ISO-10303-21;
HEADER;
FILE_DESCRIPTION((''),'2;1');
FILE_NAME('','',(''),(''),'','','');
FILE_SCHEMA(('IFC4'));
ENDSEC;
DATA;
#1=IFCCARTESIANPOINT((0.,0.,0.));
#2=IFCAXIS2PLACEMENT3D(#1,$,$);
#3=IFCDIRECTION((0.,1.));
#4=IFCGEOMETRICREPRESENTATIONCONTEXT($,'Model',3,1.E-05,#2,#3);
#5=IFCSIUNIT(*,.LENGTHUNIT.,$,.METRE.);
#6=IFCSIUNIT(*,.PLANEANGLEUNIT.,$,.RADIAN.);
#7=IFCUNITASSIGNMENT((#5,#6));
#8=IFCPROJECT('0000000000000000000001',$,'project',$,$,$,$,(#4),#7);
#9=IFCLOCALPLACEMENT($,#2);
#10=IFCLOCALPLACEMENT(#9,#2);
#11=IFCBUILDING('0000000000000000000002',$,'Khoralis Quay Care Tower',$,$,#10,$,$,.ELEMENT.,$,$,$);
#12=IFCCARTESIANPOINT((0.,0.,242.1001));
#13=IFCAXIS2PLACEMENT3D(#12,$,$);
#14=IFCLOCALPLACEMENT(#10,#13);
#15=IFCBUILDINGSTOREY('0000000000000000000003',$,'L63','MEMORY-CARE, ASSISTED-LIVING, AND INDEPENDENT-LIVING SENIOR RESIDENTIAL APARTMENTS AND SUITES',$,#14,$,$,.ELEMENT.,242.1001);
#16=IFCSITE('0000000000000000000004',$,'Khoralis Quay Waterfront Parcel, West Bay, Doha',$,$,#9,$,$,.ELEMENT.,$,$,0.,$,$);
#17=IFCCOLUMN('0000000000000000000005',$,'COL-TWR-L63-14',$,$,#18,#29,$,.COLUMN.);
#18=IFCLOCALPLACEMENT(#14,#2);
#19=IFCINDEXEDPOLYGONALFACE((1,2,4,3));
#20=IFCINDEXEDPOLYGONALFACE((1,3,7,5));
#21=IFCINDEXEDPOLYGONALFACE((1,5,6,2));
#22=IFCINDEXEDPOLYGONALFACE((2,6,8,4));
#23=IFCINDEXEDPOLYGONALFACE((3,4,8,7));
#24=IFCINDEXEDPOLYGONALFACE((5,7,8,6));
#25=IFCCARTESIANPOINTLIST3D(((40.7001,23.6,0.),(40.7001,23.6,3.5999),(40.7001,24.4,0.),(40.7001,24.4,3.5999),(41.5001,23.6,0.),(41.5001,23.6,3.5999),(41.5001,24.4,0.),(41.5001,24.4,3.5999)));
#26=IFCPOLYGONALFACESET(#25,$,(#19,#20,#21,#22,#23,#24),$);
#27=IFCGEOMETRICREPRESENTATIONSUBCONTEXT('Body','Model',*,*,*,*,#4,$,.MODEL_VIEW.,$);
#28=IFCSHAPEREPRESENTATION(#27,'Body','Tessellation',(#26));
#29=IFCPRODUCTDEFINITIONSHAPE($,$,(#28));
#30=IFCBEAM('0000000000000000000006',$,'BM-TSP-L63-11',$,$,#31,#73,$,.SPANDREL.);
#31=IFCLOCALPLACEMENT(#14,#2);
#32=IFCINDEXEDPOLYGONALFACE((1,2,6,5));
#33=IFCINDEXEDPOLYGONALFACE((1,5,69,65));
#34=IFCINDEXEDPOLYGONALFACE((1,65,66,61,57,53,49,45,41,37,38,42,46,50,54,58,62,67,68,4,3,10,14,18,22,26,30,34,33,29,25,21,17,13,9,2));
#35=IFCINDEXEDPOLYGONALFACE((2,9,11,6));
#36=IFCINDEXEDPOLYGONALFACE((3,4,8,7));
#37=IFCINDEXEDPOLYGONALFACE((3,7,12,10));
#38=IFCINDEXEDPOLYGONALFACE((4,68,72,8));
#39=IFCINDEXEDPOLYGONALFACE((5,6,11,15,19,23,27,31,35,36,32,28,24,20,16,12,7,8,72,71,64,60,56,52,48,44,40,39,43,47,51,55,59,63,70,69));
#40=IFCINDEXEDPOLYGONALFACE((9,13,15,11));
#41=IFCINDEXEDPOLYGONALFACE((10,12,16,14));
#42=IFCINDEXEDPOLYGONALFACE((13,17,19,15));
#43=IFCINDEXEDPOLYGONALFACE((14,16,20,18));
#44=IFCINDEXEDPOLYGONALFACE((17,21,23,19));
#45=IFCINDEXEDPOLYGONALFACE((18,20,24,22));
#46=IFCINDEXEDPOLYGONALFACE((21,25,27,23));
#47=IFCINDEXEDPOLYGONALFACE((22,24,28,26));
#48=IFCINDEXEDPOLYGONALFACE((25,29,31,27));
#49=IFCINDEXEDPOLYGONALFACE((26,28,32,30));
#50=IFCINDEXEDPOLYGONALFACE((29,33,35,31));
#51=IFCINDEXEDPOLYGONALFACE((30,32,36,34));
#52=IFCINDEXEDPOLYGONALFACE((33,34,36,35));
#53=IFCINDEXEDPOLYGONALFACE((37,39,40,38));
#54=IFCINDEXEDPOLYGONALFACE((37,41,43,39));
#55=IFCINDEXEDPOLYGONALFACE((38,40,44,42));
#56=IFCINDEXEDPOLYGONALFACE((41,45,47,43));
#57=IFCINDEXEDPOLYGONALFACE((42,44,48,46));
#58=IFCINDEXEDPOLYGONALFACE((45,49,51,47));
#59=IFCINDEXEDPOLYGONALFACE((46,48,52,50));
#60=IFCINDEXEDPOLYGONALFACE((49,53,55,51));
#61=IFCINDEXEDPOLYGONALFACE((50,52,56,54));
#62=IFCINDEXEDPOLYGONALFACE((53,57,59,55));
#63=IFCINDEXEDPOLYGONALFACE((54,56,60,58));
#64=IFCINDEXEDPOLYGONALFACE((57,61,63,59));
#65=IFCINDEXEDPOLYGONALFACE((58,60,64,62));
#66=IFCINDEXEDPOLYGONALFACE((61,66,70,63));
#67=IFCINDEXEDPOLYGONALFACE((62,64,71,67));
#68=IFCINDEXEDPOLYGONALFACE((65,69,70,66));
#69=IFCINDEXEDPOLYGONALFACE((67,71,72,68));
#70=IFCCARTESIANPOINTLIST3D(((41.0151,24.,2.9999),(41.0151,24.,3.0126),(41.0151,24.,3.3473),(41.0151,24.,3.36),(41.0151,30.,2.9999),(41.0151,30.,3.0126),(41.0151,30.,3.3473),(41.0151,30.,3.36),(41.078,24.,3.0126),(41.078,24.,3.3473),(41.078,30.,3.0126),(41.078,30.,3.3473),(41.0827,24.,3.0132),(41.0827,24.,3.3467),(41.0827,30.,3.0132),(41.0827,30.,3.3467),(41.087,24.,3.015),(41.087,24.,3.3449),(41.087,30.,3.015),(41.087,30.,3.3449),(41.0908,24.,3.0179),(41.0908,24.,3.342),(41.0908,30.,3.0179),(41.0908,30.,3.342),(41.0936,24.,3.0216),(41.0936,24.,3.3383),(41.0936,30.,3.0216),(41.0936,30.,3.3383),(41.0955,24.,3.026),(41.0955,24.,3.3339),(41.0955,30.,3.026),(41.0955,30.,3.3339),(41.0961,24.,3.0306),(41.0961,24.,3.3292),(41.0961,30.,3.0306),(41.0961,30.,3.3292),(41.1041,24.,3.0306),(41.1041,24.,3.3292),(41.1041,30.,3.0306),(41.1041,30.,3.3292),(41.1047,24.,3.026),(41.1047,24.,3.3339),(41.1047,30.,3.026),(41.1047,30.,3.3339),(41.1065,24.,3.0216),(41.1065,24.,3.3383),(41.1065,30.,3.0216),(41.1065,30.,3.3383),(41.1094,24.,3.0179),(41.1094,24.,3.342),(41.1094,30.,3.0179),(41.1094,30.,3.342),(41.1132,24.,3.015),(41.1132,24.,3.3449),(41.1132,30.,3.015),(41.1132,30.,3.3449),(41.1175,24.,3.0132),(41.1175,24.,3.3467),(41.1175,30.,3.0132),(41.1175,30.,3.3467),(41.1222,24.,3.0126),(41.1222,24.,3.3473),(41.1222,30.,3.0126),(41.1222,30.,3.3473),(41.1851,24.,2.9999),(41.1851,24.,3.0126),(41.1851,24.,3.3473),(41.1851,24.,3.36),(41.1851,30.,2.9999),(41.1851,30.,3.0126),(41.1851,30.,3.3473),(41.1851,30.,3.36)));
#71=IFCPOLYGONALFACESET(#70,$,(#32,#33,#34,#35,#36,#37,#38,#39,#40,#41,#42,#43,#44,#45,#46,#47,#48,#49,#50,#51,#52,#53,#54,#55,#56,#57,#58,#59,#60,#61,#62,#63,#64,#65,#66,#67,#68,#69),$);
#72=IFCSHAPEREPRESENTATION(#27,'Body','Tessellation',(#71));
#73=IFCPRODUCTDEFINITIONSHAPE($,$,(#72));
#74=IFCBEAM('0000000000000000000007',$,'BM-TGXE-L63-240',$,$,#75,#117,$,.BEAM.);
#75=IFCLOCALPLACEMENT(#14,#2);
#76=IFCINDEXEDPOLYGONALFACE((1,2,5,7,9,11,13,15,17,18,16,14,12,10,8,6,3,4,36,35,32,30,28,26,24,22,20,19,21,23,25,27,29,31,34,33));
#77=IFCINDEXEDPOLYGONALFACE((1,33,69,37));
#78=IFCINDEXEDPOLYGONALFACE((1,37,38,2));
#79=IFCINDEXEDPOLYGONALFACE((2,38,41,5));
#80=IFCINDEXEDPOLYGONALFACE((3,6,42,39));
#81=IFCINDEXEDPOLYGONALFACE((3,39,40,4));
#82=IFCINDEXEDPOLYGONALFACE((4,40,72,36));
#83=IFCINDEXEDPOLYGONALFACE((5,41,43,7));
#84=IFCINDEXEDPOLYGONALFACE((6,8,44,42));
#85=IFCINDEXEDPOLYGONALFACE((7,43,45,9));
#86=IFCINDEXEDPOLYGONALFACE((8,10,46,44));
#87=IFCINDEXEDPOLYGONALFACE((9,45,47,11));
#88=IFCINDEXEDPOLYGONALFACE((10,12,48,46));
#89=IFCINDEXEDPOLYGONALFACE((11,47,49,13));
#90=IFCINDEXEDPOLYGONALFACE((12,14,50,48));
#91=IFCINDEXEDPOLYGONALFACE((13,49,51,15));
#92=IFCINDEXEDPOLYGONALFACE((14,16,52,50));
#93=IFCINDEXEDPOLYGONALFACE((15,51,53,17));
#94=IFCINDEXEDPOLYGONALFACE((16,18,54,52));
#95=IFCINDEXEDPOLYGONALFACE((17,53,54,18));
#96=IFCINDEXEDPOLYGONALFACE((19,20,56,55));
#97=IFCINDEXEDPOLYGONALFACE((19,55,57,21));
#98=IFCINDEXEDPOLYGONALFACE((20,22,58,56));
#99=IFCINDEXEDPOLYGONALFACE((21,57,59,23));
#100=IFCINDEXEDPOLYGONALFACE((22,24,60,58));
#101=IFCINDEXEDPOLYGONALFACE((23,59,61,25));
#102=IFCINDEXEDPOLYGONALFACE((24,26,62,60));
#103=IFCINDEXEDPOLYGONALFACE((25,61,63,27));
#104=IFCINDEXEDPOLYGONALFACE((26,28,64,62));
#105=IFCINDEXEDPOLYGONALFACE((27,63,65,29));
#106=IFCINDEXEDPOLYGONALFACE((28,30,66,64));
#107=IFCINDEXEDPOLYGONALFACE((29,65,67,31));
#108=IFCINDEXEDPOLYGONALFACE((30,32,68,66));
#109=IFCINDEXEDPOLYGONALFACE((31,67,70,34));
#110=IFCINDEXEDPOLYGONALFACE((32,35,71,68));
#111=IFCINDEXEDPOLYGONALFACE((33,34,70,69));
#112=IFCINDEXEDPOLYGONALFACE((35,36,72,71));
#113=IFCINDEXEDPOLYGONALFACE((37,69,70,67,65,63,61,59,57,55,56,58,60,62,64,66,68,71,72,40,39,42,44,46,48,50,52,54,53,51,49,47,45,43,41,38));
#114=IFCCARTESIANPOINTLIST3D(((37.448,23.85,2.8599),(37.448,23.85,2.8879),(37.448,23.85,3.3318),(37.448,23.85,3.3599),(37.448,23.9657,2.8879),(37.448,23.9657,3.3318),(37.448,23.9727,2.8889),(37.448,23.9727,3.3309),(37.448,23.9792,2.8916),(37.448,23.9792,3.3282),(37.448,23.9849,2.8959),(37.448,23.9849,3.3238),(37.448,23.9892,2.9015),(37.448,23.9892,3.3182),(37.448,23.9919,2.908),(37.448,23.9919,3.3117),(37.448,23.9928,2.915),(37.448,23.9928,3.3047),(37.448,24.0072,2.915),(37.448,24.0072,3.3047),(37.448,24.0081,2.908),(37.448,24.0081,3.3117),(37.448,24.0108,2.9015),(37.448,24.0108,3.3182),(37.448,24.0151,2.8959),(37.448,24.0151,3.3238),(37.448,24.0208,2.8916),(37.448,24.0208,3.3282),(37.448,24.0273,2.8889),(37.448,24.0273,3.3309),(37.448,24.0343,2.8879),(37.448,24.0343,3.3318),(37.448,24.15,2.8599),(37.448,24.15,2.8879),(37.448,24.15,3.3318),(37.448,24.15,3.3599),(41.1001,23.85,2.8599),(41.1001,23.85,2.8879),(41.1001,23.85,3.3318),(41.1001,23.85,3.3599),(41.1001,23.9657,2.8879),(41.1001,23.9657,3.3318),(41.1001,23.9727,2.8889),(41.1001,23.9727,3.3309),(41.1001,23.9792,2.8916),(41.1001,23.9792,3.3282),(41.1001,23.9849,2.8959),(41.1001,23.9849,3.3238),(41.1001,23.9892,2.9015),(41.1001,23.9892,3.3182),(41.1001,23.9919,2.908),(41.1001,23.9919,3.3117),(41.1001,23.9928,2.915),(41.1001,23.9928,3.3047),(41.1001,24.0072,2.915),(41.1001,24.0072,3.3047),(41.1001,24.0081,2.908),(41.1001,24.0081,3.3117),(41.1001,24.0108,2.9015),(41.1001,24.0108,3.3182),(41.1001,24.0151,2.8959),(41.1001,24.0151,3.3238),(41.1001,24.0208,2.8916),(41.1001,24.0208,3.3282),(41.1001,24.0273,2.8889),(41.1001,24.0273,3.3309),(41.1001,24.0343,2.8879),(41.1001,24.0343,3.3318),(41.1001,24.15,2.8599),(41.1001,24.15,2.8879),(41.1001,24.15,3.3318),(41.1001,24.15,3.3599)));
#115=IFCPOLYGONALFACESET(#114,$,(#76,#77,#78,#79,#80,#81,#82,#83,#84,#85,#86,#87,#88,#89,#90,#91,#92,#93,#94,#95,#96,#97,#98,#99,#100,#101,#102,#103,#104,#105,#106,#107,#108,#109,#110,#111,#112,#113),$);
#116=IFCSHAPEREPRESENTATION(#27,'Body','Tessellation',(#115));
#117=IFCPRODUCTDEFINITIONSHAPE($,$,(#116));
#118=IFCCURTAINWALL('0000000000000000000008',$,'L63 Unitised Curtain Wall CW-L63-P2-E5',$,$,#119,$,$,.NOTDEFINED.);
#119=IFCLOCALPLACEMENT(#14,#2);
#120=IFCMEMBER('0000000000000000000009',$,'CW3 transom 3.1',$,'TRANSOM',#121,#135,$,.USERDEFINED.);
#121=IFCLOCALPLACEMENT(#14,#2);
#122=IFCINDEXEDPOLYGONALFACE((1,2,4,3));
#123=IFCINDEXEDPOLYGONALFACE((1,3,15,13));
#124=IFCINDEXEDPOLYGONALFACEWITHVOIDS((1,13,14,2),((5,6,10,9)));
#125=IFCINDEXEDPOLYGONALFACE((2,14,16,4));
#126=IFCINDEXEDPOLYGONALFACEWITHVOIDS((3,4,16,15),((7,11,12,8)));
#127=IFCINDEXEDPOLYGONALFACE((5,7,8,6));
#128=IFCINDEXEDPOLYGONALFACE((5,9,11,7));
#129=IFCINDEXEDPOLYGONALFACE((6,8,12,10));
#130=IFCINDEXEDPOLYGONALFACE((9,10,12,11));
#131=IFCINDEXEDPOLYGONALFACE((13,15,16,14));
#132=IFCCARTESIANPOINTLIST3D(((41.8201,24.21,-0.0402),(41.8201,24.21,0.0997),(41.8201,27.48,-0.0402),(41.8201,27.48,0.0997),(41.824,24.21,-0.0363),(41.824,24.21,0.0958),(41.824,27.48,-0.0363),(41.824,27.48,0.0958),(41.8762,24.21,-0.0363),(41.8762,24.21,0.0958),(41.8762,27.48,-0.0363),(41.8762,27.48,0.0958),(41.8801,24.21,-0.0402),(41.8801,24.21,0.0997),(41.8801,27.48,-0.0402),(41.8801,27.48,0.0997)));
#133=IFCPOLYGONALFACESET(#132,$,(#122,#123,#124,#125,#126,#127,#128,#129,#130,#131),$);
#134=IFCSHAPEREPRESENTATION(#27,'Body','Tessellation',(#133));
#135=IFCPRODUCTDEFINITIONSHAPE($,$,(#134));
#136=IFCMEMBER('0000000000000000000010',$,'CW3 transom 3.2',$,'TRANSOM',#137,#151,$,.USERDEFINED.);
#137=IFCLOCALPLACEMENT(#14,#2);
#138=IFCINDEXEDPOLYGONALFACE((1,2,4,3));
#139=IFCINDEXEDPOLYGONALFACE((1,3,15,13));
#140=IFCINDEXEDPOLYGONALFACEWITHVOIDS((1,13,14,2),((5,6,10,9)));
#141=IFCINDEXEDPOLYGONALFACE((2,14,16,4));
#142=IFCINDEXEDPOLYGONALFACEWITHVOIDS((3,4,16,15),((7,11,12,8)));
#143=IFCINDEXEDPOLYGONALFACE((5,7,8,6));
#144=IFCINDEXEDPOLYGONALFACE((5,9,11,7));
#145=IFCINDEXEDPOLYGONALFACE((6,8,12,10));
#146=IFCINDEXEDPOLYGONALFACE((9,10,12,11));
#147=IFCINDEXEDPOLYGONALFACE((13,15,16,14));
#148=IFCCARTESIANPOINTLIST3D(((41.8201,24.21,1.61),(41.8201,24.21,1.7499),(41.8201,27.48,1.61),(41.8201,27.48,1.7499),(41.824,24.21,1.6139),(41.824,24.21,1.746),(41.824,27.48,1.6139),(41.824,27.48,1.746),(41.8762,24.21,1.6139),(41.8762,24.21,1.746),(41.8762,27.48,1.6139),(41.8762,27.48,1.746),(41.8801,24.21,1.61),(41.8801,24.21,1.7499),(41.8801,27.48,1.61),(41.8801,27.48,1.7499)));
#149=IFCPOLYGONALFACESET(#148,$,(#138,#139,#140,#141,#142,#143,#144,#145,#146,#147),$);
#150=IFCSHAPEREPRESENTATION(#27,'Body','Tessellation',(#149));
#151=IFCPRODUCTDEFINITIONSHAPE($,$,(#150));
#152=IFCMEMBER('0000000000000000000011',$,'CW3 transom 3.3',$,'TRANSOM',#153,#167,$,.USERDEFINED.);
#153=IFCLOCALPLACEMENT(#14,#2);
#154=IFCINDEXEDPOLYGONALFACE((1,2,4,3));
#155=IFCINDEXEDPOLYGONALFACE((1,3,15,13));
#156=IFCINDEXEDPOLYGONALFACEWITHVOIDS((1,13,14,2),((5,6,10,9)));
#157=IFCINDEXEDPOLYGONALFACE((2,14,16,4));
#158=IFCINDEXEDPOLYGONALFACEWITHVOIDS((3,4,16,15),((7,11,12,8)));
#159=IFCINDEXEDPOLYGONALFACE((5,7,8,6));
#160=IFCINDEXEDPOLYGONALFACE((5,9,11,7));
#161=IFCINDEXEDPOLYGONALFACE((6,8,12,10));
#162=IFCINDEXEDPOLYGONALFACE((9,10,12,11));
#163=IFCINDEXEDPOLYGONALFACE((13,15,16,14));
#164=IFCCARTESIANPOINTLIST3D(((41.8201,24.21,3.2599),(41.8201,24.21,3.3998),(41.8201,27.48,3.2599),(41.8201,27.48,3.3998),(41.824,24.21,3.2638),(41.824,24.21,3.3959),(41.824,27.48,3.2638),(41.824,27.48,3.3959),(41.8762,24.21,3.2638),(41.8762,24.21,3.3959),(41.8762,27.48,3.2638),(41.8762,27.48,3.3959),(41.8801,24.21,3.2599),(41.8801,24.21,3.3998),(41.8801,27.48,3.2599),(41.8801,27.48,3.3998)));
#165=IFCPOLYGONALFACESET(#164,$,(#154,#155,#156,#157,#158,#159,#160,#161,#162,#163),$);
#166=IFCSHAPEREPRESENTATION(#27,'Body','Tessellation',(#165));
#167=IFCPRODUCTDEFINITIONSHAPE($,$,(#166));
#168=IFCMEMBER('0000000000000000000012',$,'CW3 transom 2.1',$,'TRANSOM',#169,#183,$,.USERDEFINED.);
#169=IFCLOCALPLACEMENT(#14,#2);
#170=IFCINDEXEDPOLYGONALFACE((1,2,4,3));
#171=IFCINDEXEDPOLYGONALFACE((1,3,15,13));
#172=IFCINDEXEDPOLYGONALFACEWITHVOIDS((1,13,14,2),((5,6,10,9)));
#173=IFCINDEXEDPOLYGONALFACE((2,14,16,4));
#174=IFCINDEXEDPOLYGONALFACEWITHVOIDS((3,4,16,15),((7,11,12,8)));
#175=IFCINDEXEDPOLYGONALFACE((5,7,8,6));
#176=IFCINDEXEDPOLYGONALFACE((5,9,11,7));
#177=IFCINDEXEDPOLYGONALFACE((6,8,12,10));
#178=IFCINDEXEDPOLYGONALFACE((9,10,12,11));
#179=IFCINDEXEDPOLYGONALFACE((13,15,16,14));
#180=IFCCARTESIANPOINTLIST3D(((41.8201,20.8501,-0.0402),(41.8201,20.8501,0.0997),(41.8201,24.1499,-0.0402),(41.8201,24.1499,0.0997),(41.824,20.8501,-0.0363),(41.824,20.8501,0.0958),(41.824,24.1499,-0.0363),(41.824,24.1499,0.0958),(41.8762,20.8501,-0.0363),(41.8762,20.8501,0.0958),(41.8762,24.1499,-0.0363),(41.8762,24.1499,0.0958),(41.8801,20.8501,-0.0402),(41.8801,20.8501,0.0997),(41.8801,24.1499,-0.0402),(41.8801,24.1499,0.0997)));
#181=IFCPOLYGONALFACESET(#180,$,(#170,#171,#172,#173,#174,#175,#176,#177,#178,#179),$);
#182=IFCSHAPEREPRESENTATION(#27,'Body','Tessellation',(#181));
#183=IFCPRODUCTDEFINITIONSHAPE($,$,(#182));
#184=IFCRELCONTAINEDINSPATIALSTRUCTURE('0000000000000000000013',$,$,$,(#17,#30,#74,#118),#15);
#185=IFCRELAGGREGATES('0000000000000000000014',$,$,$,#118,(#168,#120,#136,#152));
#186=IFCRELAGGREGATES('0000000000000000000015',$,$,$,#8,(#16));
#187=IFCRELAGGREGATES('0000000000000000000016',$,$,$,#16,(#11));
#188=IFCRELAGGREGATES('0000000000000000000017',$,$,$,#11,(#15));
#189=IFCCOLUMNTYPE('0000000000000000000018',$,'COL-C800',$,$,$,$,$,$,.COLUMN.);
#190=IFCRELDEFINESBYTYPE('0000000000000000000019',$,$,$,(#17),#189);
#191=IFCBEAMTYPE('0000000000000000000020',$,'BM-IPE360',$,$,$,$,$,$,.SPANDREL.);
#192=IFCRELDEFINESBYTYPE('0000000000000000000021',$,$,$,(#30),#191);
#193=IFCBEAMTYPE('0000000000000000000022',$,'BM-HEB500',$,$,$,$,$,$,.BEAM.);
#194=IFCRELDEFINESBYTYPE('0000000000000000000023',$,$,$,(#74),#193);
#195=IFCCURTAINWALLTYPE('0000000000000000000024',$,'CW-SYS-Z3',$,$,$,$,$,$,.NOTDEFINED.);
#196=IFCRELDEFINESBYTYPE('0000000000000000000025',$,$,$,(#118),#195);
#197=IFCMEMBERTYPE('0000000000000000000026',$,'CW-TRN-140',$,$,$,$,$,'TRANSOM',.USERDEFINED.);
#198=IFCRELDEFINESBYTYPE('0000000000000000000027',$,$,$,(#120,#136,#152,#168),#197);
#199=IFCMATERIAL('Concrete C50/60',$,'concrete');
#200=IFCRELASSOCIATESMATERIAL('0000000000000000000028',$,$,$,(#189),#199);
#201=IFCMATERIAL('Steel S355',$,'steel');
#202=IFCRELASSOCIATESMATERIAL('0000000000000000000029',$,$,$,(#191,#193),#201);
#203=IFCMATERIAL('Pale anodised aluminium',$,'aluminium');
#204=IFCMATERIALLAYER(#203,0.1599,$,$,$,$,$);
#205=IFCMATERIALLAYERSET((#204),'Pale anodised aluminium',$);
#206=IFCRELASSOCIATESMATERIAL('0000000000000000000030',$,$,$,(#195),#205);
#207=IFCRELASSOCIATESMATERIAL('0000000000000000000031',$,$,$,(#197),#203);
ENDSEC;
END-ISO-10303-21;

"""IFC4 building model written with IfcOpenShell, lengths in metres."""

from ifc_helpers import new_model, si_unit, direction, frame, origin, origin_2d, place, context, subcontext, project, spatial, rectangle, hollow_rectangle, i_section, extrude, source, transform, mapped, material, layer, layer_set, material_profile, profile_set, type_object, element, aggregate, save


model = new_model("IFC4")

# Units and contexts
model_context = context("Model", 3, precision=1e-05, world=origin(), true_north=direction((0.0, 1.0)))
body_context = subcontext(model_context, "Body", "Model", "MODEL_VIEW")
ifc_project = project(units=[si_unit("LENGTHUNIT", "METRE"), si_unit("PLANEANGLEUNIT", "RADIAN")], contexts=[model_context])

# Site, building, storey
site_placement = place(None, origin())
site = spatial("IfcSite", under=ifc_project, at=site_placement, Name="Khoralis Quay Waterfront Parcel, West Bay, Doha", CompositionType="ELEMENT", RefElevation=0.0)
building_placement = place(site_placement, origin())
building = spatial("IfcBuilding", under=site, at=building_placement, Name="Khoralis Quay Care Tower", CompositionType="ELEMENT")
storey_placement = place(building_placement, frame((0.0, 0.0, 242.1001)))
storey = spatial("IfcBuildingStorey", under=building, at=storey_placement, Name="L63", Description="MEMORY-CARE, ASSISTED-LIVING, AND INDEPENDENT-LIVING SENIOR RESIDENTIAL APARTMENTS AND SUITES", CompositionType="ELEMENT", Elevation=242.1001)

# Column
ifc_material_1 = material(Name="Concrete C50/60", Category="concrete")
ifc_material_profile_1 = material_profile(ifc_material_1, rectangle(XDim=0.8, YDim=0.8, at=origin_2d()), Name="Concrete C50/60")
ifc_profile_set_1 = profile_set([ifc_material_profile_1], Name="Concrete C50/60")
column_type = type_object("IfcColumnType", Name="COL-C800", PredefinedType="COLUMN", material=ifc_profile_set_1)
shared_shape_1 = source(origin(), body_context, "Body", "SweptSolid", [
    extrude(rectangle(XDim=0.8, YDim=0.8, at=origin_2d()), origin(), (0.0, 0.0, 1.0), 3.5999),
])
column_placement = place(storey_placement, frame((41.1001, 24.0, 0.0), z_axis=(0.0, 0.0, 1.0), x_axis=(1.0, 0.0, 0.0)))
element("IfcColumn", 1, at=column_placement, inside=storey, type_object=column_type, Name="COL-TWR-L63-14", PredefinedType="COLUMN", context=body_context, shape_type="MappedRepresentation", body=[
    mapped(shared_shape_1, transform((0.0, 0.0, 0.0), scale=1.0)),
])

# Beams
ifc_material_2 = material(Name="Steel S355", Category="steel")
ifc_material_profile_2 = material_profile(ifc_material_2, i_section(OverallWidth=0.1699, OverallDepth=0.3601, WebThickness=0.0081, FlangeThickness=0.0127, FilletRadius=0.0181, at=origin_2d()), Name="Steel S355")
ifc_profile_set_2 = profile_set([ifc_material_profile_2], Name="Steel S355")
beam_type_1 = type_object("IfcBeamType", Name="BM-IPE360", PredefinedType="SPANDREL", material=ifc_profile_set_2)
shared_shape_2 = source(origin(), body_context, "Body", "SweptSolid", [
    extrude(i_section(OverallWidth=0.1699, OverallDepth=0.3601, WebThickness=0.0081, FlangeThickness=0.0127, FilletRadius=0.0181, at=origin_2d()), origin(), (0.0, 0.0, 1.0), 6.0),
])
beam_1_placement = place(storey_placement, frame((41.1001, 24.0, 3.1799), z_axis=(0.0, 1.0, 0.0), x_axis=(-1.0, 0.0, 0.0)))
element("IfcBeam", 2, at=beam_1_placement, inside=storey, type_object=beam_type_1, Name="BM-TSP-L63-11", PredefinedType="SPANDREL", context=body_context, shape_type="MappedRepresentation", body=[
    mapped(shared_shape_2, transform((0.0, 0.0, 0.0), scale=1.0)),
])
ifc_material_profile_3 = material_profile(ifc_material_2, i_section(OverallWidth=0.3, OverallDepth=0.5, WebThickness=0.0144, FlangeThickness=0.0281, FilletRadius=0.0271, at=origin_2d()), Name="Steel S355")
ifc_profile_set_3 = profile_set([ifc_material_profile_3], Name="Steel S355")
beam_type_2 = type_object("IfcBeamType", Name="BM-HEB500", PredefinedType="BEAM", material=ifc_profile_set_3)
shared_shape_3 = source(origin(), body_context, "Body", "SweptSolid", [
    extrude(i_section(OverallWidth=0.3, OverallDepth=0.5, WebThickness=0.0144, FlangeThickness=0.0281, FilletRadius=0.0271, at=origin_2d()), origin(), (0.0, 0.0, 1.0), 3.6521),
])
beam_2_placement = place(storey_placement, frame((37.448, 24.0, 3.1099), z_axis=(1.0, 0.0, 0.0), x_axis=(0.0, 1.0, 0.0)))
element("IfcBeam", 3, at=beam_2_placement, inside=storey, type_object=beam_type_2, Name="BM-TGXE-L63-240", PredefinedType="BEAM", context=body_context, shape_type="MappedRepresentation", body=[
    mapped(shared_shape_3, transform((0.0, 0.0, 0.0), scale=1.0)),
])

# Curtain wall, members
ifc_material_3 = material(Name="Pale anodised aluminium", Category="aluminium")
ifc_layer_1 = layer(ifc_material_3, 0.1599)
ifc_layer_set_1 = layer_set([ifc_layer_1], Name="Pale anodised aluminium")
curtain_wall_type = type_object("IfcCurtainWallType", Name="CW-SYS-Z3", PredefinedType="NOTDEFINED", material=ifc_layer_set_1)
curtain_wall_placement = place(storey_placement, origin())
curtain_wall = element("IfcCurtainWall", 4, at=curtain_wall_placement, inside=storey, type_object=curtain_wall_type, Name="L63 Unitised Curtain Wall CW-L63-P2-E5", PredefinedType="NOTDEFINED")
ifc_material_profile_4 = material_profile(ifc_material_3, hollow_rectangle(XDim=0.0601, YDim=0.1399, WallThickness=0.0039, at=origin_2d()), Name="Pale anodised aluminium")
ifc_profile_set_4 = profile_set([ifc_material_profile_4], Name="Pale anodised aluminium")
member_type_1 = type_object("IfcMemberType", Name="CW-TRN-140", ElementType="TRANSOM", PredefinedType="USERDEFINED", material=ifc_profile_set_4)
shared_shape_4 = source(origin(), body_context, "Body", "SweptSolid", [
    extrude(hollow_rectangle(XDim=0.0601, YDim=0.1399, WallThickness=0.0039, at=origin_2d()), origin(), (0.0, 0.0, 1.0), 3.27),
])
member_1_placement = place(storey_placement, frame((41.8501, 24.21, 0.0298), z_axis=(0.0, 1.0, 0.0), x_axis=(-1.0, 0.0, 0.0)))
member_1 = element("IfcMember", 5, at=member_1_placement, type_object=member_type_1, Name="CW3 transom 3.1", ObjectType="TRANSOM", PredefinedType="USERDEFINED", context=body_context, shape_type="MappedRepresentation", body=[
    mapped(shared_shape_4, transform((0.0, 0.0, 0.0), scale=1.0)),
])
member_2_placement = place(storey_placement, frame((41.8501, 24.21, 1.6799), z_axis=(0.0, 1.0, 0.0), x_axis=(-1.0, 0.0, 0.0)))
member_2 = element("IfcMember", 6, at=member_2_placement, type_object=member_type_1, Name="CW3 transom 3.2", ObjectType="TRANSOM", PredefinedType="USERDEFINED", context=body_context, shape_type="MappedRepresentation", body=[
    mapped(shared_shape_4, transform((0.0, 0.0, 0.0), scale=1.0)),
])
member_3_placement = place(storey_placement, frame((41.8501, 24.21, 3.3298), z_axis=(0.0, 1.0, 0.0), x_axis=(-1.0, 0.0, 0.0)))
member_3 = element("IfcMember", 7, at=member_3_placement, type_object=member_type_1, Name="CW3 transom 3.3", ObjectType="TRANSOM", PredefinedType="USERDEFINED", context=body_context, shape_type="MappedRepresentation", body=[
    mapped(shared_shape_4, transform((0.0, 0.0, 0.0), scale=1.0)),
])
shared_shape_5 = source(origin(), body_context, "Body", "SweptSolid", [
    extrude(hollow_rectangle(XDim=0.0601, YDim=0.1399, WallThickness=0.0039, at=origin_2d()), origin(), (0.0, 0.0, 1.0), 3.2998),
])
member_4_placement = place(storey_placement, frame((41.8501, 20.8501, 0.0298), z_axis=(0.0, 1.0, 0.0), x_axis=(-1.0, 0.0, 0.0)))
member_4 = element("IfcMember", 8, at=member_4_placement, type_object=member_type_1, Name="CW3 transom 2.1", ObjectType="TRANSOM", PredefinedType="USERDEFINED", context=body_context, shape_type="MappedRepresentation", body=[
    mapped(shared_shape_5, transform((0.0, 0.0, 0.0), scale=1.0)),
])
aggregate(curtain_wall, [member_4, member_1, member_2, member_3])

save(model, "model.ifc")
